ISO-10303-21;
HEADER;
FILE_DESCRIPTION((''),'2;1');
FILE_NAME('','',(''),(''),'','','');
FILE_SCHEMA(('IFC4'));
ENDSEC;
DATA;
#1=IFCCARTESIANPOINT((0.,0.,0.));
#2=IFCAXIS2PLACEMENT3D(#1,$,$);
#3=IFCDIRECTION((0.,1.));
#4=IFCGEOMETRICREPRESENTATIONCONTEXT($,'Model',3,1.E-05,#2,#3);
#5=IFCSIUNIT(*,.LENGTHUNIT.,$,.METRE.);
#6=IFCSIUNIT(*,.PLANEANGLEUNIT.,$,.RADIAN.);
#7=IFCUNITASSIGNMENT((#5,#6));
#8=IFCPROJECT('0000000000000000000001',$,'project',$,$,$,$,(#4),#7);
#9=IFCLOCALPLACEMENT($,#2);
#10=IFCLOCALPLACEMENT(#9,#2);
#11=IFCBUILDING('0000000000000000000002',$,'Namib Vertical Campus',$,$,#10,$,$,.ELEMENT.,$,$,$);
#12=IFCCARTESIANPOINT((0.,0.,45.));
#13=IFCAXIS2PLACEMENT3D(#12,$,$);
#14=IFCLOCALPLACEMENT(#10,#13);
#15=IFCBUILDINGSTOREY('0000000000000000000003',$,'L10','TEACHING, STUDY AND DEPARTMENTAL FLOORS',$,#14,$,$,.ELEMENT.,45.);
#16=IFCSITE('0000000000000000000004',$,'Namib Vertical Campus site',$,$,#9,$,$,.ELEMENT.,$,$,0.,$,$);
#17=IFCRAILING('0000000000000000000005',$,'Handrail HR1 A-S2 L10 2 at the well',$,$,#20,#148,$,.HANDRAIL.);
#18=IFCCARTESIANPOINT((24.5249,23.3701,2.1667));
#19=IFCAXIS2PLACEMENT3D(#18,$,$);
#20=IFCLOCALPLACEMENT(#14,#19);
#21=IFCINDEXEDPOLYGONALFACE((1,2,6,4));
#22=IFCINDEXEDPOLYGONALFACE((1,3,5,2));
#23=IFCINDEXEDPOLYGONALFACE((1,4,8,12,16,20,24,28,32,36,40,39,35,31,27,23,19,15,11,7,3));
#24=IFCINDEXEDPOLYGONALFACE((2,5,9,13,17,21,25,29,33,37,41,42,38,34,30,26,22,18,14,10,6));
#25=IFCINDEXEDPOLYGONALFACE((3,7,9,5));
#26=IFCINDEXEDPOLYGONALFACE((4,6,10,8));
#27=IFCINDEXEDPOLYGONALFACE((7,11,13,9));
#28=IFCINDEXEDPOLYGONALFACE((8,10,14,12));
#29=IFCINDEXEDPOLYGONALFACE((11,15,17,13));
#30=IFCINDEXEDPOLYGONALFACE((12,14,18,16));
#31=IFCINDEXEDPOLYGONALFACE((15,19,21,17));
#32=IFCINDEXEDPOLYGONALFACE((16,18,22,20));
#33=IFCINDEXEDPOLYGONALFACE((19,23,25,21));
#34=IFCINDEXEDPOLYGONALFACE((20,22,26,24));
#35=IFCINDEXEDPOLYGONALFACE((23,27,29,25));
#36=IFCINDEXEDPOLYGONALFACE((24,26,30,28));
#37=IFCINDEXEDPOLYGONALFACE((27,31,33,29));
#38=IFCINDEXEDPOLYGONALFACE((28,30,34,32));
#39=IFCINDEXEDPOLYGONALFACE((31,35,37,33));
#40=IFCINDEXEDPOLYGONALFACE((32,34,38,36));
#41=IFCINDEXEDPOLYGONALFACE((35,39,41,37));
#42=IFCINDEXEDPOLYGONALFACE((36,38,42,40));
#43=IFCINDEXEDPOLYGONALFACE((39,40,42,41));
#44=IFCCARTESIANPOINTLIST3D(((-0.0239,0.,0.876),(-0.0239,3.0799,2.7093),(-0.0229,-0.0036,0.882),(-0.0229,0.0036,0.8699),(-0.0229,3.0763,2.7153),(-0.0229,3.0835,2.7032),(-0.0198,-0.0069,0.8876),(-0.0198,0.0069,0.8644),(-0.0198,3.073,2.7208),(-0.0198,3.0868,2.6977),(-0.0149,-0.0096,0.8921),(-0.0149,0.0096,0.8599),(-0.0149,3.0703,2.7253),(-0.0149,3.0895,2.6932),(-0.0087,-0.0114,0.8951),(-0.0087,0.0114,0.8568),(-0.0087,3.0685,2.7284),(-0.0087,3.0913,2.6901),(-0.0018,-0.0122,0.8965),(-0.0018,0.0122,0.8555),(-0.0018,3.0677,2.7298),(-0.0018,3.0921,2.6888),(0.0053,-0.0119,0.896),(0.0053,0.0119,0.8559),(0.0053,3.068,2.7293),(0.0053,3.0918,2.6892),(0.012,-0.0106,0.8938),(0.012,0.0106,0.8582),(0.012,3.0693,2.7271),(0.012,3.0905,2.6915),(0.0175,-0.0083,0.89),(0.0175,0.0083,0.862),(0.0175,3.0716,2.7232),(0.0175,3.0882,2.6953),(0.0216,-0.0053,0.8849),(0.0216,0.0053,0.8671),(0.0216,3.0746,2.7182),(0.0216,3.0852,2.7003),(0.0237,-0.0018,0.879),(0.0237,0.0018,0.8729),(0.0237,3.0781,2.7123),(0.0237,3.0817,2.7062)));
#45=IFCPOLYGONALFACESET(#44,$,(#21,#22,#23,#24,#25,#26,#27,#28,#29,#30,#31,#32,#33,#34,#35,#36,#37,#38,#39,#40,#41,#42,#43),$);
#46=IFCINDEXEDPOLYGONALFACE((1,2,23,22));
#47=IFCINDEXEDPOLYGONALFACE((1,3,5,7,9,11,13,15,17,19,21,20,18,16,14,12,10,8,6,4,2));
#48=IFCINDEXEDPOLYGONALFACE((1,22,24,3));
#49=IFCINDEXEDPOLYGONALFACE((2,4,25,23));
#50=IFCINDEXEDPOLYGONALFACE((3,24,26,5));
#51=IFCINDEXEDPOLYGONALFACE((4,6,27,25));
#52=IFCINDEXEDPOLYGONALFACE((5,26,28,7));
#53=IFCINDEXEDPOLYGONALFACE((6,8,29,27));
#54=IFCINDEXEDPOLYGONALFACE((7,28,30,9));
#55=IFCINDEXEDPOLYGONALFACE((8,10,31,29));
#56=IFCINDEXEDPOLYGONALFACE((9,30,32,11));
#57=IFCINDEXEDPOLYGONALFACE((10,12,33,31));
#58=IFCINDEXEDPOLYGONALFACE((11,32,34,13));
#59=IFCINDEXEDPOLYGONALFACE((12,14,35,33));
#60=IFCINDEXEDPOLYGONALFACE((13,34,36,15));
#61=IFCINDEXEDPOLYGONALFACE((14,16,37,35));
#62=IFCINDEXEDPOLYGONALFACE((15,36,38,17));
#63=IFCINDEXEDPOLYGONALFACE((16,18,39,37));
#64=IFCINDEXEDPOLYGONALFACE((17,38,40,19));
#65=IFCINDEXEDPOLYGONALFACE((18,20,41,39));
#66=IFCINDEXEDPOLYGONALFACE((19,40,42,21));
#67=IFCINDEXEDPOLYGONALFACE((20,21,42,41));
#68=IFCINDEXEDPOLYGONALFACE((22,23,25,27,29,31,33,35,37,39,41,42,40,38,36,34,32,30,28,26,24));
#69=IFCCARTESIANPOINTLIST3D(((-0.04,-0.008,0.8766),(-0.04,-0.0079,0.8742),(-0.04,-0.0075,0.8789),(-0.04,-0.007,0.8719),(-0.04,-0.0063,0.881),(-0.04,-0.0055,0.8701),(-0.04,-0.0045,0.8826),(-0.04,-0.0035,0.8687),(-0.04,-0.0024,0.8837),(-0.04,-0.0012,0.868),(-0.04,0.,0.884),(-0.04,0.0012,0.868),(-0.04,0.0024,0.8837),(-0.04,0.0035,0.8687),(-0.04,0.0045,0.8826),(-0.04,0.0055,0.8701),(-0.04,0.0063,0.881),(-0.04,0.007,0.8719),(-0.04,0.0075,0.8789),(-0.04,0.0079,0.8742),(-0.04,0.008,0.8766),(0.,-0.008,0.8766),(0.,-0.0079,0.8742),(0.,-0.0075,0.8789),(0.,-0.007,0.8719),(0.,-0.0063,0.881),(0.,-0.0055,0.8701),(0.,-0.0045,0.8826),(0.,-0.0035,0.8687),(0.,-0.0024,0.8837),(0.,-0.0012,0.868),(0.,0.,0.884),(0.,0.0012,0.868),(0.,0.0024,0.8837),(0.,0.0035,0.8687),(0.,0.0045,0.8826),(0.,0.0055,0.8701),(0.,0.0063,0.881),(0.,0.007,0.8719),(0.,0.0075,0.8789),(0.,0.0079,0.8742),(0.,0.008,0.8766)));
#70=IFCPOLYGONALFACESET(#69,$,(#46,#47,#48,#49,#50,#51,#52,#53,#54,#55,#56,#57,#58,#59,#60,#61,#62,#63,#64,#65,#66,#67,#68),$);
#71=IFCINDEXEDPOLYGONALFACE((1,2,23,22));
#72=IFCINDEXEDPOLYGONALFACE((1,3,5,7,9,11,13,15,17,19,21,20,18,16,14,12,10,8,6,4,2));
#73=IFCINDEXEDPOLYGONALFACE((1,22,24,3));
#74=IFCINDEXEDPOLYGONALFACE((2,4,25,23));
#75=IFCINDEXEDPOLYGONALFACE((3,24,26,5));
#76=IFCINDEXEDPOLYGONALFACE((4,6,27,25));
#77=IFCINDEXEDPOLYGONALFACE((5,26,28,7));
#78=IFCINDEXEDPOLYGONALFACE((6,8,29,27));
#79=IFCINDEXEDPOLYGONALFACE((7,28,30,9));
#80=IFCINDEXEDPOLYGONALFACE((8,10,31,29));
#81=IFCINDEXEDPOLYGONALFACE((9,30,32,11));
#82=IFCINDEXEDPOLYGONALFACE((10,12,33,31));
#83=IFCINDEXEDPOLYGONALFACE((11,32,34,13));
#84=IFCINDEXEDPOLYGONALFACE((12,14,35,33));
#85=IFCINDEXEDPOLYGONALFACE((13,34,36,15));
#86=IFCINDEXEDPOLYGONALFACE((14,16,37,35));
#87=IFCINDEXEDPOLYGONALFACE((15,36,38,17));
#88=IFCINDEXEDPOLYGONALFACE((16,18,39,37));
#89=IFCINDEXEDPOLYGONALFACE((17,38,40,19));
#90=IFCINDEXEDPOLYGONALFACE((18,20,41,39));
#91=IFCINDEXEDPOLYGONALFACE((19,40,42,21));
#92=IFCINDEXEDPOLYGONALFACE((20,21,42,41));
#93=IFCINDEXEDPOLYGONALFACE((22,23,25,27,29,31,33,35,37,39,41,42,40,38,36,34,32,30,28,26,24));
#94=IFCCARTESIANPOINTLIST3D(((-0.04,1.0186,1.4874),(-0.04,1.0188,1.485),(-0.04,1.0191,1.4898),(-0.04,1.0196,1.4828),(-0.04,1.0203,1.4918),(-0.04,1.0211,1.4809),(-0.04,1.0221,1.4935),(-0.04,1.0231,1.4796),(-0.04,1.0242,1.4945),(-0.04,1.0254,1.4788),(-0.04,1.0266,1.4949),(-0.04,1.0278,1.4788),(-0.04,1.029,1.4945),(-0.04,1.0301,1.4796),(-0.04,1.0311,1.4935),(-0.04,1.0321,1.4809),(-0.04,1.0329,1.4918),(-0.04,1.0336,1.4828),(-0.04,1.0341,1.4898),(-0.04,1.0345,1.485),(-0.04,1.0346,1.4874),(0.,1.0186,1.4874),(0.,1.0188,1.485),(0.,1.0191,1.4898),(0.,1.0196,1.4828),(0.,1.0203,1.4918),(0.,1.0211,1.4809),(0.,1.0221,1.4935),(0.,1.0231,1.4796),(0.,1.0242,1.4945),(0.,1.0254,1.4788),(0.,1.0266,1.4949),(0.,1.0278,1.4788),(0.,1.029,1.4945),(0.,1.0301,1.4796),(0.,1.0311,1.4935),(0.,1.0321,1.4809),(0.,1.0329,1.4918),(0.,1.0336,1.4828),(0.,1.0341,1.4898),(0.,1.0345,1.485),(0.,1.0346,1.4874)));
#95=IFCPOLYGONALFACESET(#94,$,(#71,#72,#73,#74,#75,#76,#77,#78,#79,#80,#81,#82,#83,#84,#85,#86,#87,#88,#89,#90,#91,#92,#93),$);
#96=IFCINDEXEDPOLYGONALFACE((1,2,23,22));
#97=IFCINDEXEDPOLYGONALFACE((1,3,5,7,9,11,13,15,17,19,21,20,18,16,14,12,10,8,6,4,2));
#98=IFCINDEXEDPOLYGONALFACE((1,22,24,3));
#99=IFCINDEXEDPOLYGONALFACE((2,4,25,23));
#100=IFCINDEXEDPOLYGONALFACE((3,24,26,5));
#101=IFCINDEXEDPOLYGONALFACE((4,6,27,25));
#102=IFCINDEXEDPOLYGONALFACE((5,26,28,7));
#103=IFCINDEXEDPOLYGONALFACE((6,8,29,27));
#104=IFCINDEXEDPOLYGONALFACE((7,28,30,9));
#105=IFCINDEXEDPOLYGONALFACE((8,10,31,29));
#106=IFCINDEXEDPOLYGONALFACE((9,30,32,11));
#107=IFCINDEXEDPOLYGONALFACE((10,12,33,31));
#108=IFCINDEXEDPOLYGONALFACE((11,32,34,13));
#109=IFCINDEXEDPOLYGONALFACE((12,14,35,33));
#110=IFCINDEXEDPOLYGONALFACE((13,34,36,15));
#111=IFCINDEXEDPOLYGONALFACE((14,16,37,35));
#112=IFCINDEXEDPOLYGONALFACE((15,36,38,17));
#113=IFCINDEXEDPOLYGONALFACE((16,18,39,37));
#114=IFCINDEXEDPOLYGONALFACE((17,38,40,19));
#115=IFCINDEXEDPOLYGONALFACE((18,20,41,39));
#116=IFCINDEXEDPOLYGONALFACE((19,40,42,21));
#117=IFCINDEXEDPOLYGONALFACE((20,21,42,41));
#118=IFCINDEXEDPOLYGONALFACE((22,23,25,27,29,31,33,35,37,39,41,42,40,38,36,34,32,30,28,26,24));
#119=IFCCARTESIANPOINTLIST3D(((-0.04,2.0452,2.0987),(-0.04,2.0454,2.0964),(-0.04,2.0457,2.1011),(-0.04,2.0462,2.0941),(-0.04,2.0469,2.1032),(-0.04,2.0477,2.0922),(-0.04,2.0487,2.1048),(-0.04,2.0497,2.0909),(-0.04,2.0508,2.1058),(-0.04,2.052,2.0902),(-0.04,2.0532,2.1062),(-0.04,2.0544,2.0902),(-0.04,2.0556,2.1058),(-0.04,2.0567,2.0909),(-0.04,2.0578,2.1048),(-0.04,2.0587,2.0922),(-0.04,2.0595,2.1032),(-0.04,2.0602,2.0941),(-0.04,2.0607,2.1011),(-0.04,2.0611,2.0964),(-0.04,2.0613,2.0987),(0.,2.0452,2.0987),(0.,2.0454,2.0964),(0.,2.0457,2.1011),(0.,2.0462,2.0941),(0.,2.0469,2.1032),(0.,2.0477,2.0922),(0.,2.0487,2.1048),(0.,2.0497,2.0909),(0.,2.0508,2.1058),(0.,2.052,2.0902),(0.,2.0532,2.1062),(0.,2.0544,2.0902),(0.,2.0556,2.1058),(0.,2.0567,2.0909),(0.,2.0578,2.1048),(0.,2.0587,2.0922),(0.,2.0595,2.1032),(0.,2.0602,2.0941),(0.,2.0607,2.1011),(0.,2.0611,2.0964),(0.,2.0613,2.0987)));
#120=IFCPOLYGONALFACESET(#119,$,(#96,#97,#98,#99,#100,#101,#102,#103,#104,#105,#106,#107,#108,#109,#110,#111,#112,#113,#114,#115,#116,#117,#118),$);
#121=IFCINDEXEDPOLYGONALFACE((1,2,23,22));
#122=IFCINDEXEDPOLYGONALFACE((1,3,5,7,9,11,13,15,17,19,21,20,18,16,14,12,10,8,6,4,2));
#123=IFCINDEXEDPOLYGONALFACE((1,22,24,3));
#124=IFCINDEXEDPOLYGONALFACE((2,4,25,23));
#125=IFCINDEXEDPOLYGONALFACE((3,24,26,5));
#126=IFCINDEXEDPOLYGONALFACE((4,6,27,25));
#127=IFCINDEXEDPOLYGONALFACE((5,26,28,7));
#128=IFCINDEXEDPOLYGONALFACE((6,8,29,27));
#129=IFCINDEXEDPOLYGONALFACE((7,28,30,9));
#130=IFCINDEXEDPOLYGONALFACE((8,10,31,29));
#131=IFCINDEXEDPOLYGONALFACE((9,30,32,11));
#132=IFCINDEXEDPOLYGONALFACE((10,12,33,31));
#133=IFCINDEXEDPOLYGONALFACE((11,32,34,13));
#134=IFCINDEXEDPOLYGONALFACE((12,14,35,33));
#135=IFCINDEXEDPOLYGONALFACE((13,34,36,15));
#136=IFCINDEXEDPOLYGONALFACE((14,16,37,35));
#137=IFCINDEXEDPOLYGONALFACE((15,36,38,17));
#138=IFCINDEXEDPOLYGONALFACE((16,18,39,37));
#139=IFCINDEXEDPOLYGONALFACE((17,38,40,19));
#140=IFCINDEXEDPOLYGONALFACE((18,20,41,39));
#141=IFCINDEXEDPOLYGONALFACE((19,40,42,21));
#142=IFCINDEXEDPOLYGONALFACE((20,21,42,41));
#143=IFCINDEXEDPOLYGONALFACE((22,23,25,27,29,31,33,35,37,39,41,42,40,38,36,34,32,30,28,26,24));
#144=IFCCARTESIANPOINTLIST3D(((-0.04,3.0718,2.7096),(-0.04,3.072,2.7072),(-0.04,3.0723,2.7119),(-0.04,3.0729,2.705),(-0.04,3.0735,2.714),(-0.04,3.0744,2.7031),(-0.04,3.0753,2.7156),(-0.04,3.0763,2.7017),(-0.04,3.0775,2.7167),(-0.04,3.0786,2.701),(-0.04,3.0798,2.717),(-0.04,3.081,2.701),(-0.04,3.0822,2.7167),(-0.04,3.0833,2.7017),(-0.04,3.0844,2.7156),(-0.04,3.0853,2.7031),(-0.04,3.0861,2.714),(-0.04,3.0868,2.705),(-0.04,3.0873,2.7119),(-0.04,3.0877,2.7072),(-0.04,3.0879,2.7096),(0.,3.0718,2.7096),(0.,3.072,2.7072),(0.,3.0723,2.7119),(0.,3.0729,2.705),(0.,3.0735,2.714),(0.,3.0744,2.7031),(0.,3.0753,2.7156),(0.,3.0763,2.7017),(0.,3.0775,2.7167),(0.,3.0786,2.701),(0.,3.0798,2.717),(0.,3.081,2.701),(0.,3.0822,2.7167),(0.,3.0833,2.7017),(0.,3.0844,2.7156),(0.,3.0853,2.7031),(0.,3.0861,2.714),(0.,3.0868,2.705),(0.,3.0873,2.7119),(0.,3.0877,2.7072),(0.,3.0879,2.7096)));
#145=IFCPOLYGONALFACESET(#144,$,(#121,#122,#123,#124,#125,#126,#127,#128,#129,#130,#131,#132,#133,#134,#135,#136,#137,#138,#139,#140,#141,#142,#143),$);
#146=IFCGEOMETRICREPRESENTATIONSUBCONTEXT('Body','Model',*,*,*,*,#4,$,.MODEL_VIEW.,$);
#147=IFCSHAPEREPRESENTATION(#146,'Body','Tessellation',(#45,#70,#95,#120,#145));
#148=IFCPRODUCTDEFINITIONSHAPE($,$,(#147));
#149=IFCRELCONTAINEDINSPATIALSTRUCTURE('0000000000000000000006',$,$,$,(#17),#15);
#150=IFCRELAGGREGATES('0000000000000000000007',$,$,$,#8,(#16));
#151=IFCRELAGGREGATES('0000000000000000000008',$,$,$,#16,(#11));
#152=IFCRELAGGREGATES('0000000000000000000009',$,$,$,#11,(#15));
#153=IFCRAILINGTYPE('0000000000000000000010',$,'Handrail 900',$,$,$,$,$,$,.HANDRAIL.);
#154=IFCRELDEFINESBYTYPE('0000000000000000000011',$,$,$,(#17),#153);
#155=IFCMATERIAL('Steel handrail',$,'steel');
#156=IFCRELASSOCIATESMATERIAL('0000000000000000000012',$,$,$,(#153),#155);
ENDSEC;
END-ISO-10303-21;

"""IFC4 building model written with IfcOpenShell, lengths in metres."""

from ifc_helpers import new_model, si_unit, direction, frame, origin, origin_2d, place, context, subcontext, project, spatial, circle, extrude, material, type_object, element, save


model = new_model("IFC4")

# Units and contexts
model_context = context("Model", 3, precision=1e-05, world=origin(), true_north=direction((0.0, 1.0)))
body_context = subcontext(model_context, "Body", "Model", "MODEL_VIEW")
ifc_project = project(units=[si_unit("LENGTHUNIT", "METRE"), si_unit("PLANEANGLEUNIT", "RADIAN")], contexts=[model_context])

# Site, building, storey
site_placement = place(None, origin())
site = spatial("IfcSite", under=ifc_project, at=site_placement, Name="Namib Vertical Campus site", CompositionType="ELEMENT", RefElevation=0.0)
building_placement = place(site_placement, origin())
building = spatial("IfcBuilding", under=site, at=building_placement, Name="Namib Vertical Campus", CompositionType="ELEMENT")
storey_placement = place(building_placement, frame((0.0, 0.0, 45.0)))
storey = spatial("IfcBuildingStorey", under=building, at=storey_placement, Name="L10", Description="TEACHING, STUDY AND DEPARTMENTAL FLOORS", CompositionType="ELEMENT", Elevation=45.0)

# Railing
ifc_material_1 = material(Name="Steel handrail", Category="steel")
railing_type_1 = type_object("IfcRailingType", Name="Handrail 900", PredefinedType="HANDRAIL", material=ifc_material_1)
railing_1_placement = place(storey_placement, frame((24.5249, 23.3701, 2.1667)))
element("IfcRailing", 1, at=railing_1_placement, inside=storey, type_object=railing_type_1, Name="Handrail HR1 A-S2 L10 2 at the well", PredefinedType="HANDRAIL", context=body_context, shape_type="SweptSolid", body=[
    extrude(circle(Radius=0.0239, at=origin_2d()), frame((0.0, 0.0, 0.876), z_axis=(0.0, 0.859291, 0.511487), x_axis=(-1.0, 0.0, 0.0)), (0.0, 0.0, 1.0), 3.5842),
    extrude(circle(Radius=0.0081, at=origin_2d()), frame((0.0, 0.0, 0.876), z_axis=(-1.0, 0.0, 0.0), x_axis=(0.0, 0.0, 1.0)), (0.0, 0.0, 1.0), 0.04),
    extrude(circle(Radius=0.0081, at=origin_2d()), frame((0.0, 1.0266, 1.4868), z_axis=(-1.0, 0.0, 0.0), x_axis=(0.0, 0.0, 1.0)), (0.0, 0.0, 1.0), 0.04),
    extrude(circle(Radius=0.0081, at=origin_2d()), frame((0.0, 2.0532, 2.0981), z_axis=(-1.0, 0.0, 0.0), x_axis=(0.0, 0.0, 1.0)), (0.0, 0.0, 1.0), 0.04),
    extrude(circle(Radius=0.0081, at=origin_2d()), frame((0.0, 3.0798, 2.709), z_axis=(-1.0, 0.0, 0.0), x_axis=(0.0, 0.0, 1.0)), (0.0, 0.0, 1.0), 0.04),
])

save(model, "model.ifc")
